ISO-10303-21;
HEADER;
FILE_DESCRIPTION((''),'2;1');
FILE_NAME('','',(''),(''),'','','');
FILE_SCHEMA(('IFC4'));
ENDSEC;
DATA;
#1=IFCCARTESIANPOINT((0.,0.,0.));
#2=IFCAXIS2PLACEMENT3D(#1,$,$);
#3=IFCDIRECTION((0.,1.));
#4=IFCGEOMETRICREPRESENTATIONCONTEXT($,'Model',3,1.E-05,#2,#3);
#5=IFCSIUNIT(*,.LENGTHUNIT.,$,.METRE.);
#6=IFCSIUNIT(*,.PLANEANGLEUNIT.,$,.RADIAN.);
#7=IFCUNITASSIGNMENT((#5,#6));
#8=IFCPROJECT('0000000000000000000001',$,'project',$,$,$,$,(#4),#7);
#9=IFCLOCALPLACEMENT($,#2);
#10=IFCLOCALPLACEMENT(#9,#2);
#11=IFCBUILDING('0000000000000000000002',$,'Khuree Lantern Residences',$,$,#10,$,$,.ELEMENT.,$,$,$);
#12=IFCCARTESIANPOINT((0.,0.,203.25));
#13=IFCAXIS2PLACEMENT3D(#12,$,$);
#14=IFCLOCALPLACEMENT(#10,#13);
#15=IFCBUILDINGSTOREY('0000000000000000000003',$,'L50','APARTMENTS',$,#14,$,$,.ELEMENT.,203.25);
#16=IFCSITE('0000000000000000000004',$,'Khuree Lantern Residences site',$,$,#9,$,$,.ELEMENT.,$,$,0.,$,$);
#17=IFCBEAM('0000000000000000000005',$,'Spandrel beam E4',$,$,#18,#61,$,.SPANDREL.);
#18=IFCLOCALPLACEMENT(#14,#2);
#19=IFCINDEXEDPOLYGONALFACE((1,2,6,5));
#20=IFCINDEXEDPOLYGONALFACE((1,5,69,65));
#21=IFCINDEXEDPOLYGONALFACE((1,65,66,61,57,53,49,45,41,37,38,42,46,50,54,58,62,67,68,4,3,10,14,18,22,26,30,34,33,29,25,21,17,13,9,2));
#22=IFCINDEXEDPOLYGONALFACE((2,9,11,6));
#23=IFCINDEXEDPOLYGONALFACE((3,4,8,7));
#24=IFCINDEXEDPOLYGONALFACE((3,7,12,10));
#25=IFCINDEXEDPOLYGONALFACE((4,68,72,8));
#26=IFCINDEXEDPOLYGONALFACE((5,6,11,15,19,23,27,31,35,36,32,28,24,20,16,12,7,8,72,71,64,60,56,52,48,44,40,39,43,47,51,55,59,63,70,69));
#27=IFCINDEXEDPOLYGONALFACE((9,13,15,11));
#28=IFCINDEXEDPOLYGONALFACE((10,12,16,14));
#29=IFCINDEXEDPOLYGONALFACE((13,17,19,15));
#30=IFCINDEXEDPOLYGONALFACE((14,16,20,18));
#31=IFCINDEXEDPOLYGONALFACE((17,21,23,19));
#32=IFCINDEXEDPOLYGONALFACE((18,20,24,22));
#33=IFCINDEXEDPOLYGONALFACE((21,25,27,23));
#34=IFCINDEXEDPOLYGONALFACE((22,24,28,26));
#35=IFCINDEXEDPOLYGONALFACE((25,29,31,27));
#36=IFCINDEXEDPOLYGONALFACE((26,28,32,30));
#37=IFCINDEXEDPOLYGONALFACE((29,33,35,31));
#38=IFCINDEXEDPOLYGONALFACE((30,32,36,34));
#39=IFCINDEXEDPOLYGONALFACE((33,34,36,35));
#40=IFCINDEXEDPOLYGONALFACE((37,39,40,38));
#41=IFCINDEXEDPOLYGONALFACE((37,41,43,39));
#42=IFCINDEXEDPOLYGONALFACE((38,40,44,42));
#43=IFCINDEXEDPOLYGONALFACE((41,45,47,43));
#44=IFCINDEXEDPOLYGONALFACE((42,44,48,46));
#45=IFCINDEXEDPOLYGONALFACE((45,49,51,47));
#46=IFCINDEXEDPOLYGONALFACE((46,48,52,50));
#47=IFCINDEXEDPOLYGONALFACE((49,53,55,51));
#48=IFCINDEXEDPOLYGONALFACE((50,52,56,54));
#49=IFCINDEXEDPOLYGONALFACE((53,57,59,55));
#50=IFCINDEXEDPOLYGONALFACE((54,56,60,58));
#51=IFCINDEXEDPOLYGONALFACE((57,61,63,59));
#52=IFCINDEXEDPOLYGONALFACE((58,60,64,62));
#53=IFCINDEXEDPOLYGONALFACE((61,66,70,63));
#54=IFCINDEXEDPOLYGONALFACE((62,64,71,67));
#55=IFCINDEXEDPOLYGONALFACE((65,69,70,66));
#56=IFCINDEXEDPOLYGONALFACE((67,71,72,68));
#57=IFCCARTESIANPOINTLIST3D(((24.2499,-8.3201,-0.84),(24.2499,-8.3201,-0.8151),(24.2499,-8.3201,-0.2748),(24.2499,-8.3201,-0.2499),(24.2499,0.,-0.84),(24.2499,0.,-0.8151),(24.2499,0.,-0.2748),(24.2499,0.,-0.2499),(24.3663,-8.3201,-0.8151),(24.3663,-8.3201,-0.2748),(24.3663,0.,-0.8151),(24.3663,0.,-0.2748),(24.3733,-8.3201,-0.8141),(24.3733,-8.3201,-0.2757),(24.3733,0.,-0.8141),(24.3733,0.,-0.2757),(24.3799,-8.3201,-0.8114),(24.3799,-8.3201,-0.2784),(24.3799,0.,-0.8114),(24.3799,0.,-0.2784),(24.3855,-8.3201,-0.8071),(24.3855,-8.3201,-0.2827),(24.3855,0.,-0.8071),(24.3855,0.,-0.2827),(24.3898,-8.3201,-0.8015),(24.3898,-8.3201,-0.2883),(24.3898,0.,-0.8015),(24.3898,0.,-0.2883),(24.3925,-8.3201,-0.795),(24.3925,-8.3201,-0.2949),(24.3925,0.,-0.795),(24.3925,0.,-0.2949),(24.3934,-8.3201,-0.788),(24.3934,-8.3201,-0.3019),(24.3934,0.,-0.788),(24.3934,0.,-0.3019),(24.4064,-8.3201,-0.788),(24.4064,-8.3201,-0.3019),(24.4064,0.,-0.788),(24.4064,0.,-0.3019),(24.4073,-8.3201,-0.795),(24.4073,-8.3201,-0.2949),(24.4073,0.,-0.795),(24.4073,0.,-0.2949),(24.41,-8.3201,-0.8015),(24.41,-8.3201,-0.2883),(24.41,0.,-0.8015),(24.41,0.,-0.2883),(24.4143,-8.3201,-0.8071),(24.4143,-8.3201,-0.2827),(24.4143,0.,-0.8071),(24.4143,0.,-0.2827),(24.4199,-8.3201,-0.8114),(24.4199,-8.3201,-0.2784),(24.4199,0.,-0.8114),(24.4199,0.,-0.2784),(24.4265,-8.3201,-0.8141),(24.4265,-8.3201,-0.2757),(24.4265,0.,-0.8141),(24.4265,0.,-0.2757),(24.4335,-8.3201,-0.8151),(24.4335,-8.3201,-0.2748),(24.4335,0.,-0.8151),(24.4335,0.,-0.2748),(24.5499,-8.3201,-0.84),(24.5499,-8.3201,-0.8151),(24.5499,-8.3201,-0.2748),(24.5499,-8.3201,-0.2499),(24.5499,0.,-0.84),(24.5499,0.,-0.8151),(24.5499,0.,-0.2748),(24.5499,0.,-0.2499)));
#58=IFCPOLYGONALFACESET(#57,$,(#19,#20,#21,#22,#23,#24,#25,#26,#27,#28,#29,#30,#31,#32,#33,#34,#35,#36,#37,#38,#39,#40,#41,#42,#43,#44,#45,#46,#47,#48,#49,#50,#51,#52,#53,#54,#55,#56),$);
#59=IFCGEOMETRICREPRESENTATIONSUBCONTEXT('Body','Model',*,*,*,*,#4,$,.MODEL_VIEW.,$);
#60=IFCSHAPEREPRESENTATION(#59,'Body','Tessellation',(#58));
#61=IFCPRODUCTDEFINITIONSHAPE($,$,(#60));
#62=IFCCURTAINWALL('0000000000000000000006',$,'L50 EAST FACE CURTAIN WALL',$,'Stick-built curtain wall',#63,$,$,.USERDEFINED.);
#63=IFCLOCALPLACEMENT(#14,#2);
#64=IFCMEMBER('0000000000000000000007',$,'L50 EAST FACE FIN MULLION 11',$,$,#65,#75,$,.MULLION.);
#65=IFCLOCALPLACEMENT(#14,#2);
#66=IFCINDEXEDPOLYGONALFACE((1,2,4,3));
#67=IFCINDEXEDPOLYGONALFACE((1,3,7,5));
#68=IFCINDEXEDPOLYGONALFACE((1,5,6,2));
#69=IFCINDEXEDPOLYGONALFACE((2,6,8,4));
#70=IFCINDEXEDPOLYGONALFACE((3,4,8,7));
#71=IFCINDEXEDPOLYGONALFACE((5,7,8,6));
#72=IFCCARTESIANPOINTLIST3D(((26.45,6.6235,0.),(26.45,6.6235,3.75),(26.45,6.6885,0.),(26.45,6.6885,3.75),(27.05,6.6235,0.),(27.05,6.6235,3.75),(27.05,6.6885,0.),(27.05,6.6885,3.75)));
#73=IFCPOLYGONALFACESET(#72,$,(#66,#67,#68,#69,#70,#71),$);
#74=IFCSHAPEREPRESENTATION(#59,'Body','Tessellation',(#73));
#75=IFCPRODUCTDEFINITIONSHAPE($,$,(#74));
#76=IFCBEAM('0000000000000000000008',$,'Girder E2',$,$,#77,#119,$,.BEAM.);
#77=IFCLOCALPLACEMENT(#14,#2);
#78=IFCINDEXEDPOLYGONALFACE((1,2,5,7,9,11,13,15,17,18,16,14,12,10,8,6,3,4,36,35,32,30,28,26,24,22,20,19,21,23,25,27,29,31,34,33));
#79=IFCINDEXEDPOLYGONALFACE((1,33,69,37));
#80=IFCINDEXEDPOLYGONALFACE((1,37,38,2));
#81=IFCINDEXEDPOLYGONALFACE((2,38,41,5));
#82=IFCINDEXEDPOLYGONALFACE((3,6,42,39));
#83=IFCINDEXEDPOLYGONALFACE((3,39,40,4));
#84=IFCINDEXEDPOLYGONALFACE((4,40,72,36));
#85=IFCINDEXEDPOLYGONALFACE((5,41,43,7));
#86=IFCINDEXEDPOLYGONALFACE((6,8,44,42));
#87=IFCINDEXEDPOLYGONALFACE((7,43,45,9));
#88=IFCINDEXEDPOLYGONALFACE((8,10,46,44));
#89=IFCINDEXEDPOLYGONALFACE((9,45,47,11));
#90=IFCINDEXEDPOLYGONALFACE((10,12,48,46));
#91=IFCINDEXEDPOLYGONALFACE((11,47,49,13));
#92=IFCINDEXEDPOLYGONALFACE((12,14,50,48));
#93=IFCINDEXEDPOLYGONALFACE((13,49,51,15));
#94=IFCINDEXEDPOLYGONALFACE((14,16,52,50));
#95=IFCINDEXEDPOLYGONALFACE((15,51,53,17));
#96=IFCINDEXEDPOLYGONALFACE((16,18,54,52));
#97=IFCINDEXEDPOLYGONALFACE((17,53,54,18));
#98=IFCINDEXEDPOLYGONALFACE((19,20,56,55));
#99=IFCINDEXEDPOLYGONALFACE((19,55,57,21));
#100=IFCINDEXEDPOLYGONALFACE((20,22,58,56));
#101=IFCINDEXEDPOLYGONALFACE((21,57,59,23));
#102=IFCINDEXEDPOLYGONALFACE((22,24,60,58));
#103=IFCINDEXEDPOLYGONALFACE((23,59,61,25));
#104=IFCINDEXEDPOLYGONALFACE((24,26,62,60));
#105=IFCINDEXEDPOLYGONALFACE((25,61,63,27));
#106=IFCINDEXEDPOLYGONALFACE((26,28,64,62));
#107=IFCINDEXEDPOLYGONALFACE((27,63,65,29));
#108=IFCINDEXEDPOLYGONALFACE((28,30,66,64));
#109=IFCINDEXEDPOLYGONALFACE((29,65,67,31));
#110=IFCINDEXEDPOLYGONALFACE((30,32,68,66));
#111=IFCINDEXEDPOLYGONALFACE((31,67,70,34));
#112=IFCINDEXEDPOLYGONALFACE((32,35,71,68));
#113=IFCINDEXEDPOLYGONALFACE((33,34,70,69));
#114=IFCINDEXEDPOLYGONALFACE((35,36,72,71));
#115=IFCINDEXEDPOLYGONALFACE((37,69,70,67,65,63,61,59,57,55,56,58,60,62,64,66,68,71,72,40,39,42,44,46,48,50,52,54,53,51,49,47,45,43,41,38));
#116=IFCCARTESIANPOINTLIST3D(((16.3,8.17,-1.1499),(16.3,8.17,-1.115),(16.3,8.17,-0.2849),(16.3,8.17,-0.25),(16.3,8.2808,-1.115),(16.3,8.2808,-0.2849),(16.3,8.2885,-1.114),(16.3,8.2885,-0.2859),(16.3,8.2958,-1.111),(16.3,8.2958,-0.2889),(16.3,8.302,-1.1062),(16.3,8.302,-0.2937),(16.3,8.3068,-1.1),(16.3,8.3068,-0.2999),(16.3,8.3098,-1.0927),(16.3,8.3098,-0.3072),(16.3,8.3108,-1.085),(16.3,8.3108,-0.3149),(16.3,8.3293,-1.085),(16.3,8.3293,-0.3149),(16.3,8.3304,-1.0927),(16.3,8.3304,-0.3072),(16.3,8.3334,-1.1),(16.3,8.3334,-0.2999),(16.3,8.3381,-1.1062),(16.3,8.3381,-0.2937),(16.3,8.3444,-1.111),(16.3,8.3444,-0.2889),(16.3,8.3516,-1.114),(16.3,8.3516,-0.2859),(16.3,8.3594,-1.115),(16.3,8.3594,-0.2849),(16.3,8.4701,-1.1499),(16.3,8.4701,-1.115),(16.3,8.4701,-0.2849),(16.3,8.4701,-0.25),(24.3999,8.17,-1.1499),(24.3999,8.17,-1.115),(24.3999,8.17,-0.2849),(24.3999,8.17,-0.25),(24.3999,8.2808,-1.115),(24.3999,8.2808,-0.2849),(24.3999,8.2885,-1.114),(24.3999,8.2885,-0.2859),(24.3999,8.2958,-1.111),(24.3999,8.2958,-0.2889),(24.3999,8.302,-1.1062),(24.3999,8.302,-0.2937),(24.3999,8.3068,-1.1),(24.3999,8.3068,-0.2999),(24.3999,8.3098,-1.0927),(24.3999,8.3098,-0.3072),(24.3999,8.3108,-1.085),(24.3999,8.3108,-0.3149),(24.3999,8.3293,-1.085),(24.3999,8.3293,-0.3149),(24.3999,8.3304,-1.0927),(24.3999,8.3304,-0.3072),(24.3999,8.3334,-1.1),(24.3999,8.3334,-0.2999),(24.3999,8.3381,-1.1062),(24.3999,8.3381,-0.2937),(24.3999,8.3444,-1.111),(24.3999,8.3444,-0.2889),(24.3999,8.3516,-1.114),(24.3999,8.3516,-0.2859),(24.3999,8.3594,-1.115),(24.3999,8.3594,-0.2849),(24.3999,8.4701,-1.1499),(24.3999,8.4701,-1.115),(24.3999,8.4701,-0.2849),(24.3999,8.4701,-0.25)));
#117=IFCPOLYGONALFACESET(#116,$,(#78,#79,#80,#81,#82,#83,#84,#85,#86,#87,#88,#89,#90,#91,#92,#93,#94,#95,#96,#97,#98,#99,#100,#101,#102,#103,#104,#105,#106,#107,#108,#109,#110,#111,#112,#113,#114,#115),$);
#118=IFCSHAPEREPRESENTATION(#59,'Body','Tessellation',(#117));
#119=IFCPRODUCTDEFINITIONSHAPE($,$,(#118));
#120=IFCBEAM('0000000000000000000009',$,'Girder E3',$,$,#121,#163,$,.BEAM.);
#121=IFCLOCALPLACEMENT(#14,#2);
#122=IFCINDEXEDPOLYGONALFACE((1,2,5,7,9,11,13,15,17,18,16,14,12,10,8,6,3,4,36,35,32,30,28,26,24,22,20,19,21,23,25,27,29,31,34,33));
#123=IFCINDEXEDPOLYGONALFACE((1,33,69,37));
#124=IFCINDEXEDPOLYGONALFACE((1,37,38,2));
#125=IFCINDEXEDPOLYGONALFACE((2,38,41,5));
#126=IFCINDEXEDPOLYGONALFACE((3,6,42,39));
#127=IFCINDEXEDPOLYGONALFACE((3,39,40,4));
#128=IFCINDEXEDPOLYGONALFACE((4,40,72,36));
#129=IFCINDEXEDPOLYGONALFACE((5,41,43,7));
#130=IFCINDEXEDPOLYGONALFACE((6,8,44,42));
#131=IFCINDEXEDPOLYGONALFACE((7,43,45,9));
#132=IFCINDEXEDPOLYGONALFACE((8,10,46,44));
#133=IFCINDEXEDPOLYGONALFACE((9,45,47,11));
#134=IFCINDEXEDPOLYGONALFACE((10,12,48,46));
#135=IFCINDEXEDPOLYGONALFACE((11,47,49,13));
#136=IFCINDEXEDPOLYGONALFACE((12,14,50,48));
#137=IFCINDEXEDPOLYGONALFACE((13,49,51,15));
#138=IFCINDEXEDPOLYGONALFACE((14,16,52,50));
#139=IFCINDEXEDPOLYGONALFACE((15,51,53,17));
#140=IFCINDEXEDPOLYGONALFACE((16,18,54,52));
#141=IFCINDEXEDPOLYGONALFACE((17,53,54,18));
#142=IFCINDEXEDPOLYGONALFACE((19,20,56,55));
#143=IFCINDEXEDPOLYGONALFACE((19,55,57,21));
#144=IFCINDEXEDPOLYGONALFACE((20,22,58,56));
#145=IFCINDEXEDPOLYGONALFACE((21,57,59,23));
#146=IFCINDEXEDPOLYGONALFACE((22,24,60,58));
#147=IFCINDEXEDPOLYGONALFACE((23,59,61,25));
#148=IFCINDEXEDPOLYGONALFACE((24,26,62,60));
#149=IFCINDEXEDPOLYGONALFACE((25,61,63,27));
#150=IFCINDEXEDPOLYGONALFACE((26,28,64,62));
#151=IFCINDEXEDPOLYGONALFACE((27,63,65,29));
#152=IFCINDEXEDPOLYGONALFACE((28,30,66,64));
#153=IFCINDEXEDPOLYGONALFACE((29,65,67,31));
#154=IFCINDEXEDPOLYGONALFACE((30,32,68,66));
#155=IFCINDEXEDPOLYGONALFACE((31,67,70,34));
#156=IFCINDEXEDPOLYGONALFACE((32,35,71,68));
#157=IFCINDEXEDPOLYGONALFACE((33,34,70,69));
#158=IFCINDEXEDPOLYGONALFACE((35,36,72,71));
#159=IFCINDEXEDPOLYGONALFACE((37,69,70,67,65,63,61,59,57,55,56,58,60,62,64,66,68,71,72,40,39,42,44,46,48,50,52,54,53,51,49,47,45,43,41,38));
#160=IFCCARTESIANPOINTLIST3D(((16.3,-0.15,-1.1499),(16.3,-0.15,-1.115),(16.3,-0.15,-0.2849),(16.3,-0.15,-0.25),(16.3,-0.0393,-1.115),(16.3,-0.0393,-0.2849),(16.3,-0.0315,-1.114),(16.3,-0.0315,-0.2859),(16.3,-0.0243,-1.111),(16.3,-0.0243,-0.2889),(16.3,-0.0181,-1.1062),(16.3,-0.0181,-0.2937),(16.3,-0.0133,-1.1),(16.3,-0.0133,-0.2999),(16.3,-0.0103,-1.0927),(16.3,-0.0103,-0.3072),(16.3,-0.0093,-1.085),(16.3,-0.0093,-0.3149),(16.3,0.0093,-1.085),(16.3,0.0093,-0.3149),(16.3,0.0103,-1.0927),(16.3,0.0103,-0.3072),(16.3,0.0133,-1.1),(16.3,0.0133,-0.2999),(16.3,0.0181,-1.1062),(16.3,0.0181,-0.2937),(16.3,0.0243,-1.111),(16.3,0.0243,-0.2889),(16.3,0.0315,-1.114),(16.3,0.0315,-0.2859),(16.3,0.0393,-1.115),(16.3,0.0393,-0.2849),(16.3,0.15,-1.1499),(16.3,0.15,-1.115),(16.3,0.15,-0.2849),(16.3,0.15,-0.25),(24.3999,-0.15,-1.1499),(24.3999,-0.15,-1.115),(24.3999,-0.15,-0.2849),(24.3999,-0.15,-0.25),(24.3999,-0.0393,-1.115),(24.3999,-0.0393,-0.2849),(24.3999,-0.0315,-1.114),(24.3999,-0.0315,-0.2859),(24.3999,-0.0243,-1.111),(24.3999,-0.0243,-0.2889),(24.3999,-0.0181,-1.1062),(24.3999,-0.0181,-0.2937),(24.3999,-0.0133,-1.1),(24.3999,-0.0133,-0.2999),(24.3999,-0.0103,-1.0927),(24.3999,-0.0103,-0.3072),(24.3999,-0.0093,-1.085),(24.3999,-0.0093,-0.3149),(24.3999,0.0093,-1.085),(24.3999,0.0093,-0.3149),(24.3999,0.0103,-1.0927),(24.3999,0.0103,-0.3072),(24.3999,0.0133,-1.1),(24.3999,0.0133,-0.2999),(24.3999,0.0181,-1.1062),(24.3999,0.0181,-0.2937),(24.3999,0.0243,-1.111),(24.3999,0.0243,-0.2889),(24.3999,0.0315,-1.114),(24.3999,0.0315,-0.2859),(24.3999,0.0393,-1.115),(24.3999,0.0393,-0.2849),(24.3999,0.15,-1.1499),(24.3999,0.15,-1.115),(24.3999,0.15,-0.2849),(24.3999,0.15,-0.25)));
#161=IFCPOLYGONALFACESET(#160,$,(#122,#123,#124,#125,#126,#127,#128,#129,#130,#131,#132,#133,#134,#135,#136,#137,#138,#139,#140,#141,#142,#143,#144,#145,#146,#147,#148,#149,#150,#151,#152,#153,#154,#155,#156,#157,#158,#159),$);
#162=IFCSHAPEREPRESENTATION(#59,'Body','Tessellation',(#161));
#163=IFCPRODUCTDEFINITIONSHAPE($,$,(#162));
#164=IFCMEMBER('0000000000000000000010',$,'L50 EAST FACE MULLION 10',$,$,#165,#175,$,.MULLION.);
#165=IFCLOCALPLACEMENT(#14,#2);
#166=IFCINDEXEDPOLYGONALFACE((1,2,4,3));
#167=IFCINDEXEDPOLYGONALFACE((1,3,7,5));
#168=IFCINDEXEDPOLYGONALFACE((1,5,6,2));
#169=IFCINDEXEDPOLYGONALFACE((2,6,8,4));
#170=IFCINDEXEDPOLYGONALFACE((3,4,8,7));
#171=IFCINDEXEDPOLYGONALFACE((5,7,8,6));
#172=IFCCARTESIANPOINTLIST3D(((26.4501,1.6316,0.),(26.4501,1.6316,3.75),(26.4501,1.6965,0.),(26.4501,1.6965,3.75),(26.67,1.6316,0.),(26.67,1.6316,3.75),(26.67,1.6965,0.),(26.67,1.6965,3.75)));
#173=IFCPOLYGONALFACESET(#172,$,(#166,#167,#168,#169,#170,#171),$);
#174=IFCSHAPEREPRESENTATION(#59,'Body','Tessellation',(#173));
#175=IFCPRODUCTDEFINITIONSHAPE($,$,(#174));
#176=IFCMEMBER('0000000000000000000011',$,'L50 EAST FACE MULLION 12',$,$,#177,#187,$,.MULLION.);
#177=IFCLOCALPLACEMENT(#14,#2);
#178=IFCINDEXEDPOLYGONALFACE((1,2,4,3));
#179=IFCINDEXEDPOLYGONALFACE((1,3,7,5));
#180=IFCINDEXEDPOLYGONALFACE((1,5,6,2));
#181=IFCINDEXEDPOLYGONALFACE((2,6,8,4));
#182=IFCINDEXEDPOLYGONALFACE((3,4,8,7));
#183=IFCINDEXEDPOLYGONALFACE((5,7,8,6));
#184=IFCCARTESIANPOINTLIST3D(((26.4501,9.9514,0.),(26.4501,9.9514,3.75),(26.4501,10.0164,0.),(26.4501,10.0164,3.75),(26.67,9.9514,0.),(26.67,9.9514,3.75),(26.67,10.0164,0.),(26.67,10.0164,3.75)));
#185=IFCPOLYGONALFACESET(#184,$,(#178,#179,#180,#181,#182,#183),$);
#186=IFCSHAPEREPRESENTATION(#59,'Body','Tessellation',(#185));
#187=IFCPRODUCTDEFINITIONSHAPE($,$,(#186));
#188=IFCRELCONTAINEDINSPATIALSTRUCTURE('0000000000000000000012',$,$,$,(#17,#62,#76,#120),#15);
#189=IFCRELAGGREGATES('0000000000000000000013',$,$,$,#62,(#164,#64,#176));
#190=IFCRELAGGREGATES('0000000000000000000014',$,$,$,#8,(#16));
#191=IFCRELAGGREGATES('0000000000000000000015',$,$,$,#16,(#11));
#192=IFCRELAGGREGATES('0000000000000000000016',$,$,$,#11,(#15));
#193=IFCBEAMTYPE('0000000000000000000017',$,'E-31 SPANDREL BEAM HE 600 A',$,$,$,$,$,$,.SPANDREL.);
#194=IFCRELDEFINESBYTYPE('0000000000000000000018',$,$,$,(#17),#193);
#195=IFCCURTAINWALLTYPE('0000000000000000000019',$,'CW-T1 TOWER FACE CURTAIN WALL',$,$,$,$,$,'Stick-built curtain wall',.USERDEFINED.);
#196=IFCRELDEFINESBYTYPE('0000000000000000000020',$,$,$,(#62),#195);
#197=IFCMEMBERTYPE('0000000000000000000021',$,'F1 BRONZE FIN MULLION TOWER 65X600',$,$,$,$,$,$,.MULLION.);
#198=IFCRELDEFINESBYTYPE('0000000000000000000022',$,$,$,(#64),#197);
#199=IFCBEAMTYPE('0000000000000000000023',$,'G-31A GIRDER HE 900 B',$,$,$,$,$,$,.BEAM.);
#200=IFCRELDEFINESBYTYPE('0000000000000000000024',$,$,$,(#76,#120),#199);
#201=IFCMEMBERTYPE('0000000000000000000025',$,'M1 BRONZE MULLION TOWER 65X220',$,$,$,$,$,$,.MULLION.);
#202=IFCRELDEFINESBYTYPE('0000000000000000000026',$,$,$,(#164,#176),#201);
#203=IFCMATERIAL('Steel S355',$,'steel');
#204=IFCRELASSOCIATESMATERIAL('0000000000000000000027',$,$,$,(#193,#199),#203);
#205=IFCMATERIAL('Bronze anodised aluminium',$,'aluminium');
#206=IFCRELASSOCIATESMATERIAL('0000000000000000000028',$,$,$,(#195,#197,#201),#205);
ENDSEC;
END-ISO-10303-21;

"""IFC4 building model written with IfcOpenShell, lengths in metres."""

from ifc_helpers import new_model, si_unit, direction, frame, origin, origin_2d, place, context, subcontext, project, spatial, rectangle, i_section, extrude, material, material_profile, profile_set, type_object, element, aggregate, save


model = new_model("IFC4")

# Units and contexts
model_context = context("Model", 3, precision=1e-05, world=origin(), true_north=direction((0.0, 1.0)))
body_context = subcontext(model_context, "Body", "Model", "MODEL_VIEW")
ifc_project = project(units=[si_unit("LENGTHUNIT", "METRE"), si_unit("PLANEANGLEUNIT", "RADIAN")], contexts=[model_context])

# Site, building, storey
site_placement = place(None, origin())
site = spatial("IfcSite", under=ifc_project, at=site_placement, Name="Khuree Lantern Residences site", CompositionType="ELEMENT", RefElevation=0.0)
building_placement = place(site_placement, origin())
building = spatial("IfcBuilding", under=site, at=building_placement, Name="Khuree Lantern Residences", CompositionType="ELEMENT")
storey_placement = place(building_placement, frame((0.0, 0.0, 203.25)))
storey = spatial("IfcBuildingStorey", under=building, at=storey_placement, Name="L50", Description="APARTMENTS", CompositionType="ELEMENT", Elevation=203.25)

# Beam
ifc_material_1 = material(Name="Steel S355", Category="steel")
ifc_material_profile_1 = material_profile(ifc_material_1, i_section(OverallWidth=0.3, OverallDepth=0.5901, WebThickness=0.0129, FlangeThickness=0.0249, FilletRadius=0.0271, at=origin_2d()), Name="HE 600 A")
ifc_profile_set_1 = profile_set([ifc_material_profile_1], Name="Steel S355")
beam_type_1 = type_object("IfcBeamType", Name="E-31 SPANDREL BEAM HE 600 A", PredefinedType="SPANDREL", material=ifc_profile_set_1)
for number, where, z_axis, x_axis, name in (
    (1, (24.3999, 0.0, -0.5449), (0.0, -1.0, 0.0), (1.0, 0.0, 0.0), "Spandrel beam E4"),
):
    element("IfcBeam", number, at=place(storey_placement, frame(where, z_axis=z_axis, x_axis=x_axis)), inside=storey, type_object=beam_type_1, Name=name, PredefinedType="SPANDREL", context=body_context, shape_type="SweptSolid", body=[
        extrude(i_section(OverallWidth=0.3, OverallDepth=0.5901, WebThickness=0.0129, FlangeThickness=0.0249, FilletRadius=0.0271, at=origin_2d()), origin(), (0.0, 0.0, 1.0), 8.3201),
    ])

# Curtain wall, member
ifc_material_2 = material(Name="Bronze anodised aluminium", Category="aluminium")
curtain_wall_type = type_object("IfcCurtainWallType", Name="CW-T1 TOWER FACE CURTAIN WALL", ElementType="Stick-built curtain wall", PredefinedType="USERDEFINED", material=ifc_material_2)
curtain_wall_placement = place(storey_placement, origin())
curtain_wall = element("IfcCurtainWall", 2, at=curtain_wall_placement, inside=storey, type_object=curtain_wall_type, Name="L50 EAST FACE CURTAIN WALL", ObjectType="Stick-built curtain wall", PredefinedType="USERDEFINED")
ifc_material_profile_2 = material_profile(ifc_material_2, rectangle(XDim=0.0649, YDim=0.6001, at=origin_2d()), Name="F1 65X600")
ifc_profile_set_2 = profile_set([ifc_material_profile_2], Name="Bronze anodised aluminium")
member_type_1 = type_object("IfcMemberType", Name="F1 BRONZE FIN MULLION TOWER 65X600", PredefinedType="MULLION", material=ifc_profile_set_2)
member_1_placement = place(storey_placement, frame((26.75, 6.656, 0.0), z_axis=(0.0, 0.0, 1.0), x_axis=(0.0, 1.0, 0.0)))
member_1 = element("IfcMember", 3, at=member_1_placement, type_object=member_type_1, Name="L50 EAST FACE FIN MULLION 11", PredefinedType="MULLION", context=body_context, shape_type="SweptSolid", body=[
    extrude(rectangle(XDim=0.0649, YDim=0.6001, at=origin_2d()), origin(), (0.0, 0.0, 1.0), 3.75),
])

# Beams
ifc_material_profile_3 = material_profile(ifc_material_1, i_section(OverallWidth=0.3, OverallDepth=0.8999, WebThickness=0.0186, FlangeThickness=0.0349, FilletRadius=0.03, at=origin_2d()), Name="HE 900 B")
ifc_profile_set_3 = profile_set([ifc_material_profile_3], Name="Steel S355")
beam_type_2 = type_object("IfcBeamType", Name="G-31A GIRDER HE 900 B", PredefinedType="BEAM", material=ifc_profile_set_3)
for number, where, z_axis, x_axis, name in (
    (4, (24.3999, 8.3201, -0.7), (-1.0, 0.0, 0.0), (0.0, -1.0, 0.0), "Girder E2"),
    (5, (24.3999, 0.0, -0.7), (-1.0, 0.0, 0.0), (0.0, -1.0, 0.0), "Girder E3"),
):
    element("IfcBeam", number, at=place(storey_placement, frame(where, z_axis=z_axis, x_axis=x_axis)), inside=storey, type_object=beam_type_2, Name=name, PredefinedType="BEAM", context=body_context, shape_type="SweptSolid", body=[
        extrude(i_section(OverallWidth=0.3, OverallDepth=0.8999, WebThickness=0.0186, FlangeThickness=0.0349, FilletRadius=0.03, at=origin_2d()), origin(), (0.0, 0.0, 1.0), 8.0999),
    ])

# Members
ifc_material_profile_4 = material_profile(ifc_material_2, rectangle(XDim=0.0649, YDim=0.22, at=origin_2d()), Name="M1 65X220")
ifc_profile_set_4 = profile_set([ifc_material_profile_4], Name="Bronze anodised aluminium")
member_type_2 = type_object("IfcMemberType", Name="M1 BRONZE MULLION TOWER 65X220", PredefinedType="MULLION", material=ifc_profile_set_4)
member_2_placement = place(storey_placement, frame((26.5601, 1.6641, 0.0), z_axis=(0.0, 0.0, 1.0), x_axis=(0.0, 1.0, 0.0)))
member_2 = element("IfcMember", 6, at=member_2_placement, type_object=member_type_2, Name="L50 EAST FACE MULLION 10", PredefinedType="MULLION", context=body_context, shape_type="SweptSolid", body=[
    extrude(rectangle(XDim=0.0649, YDim=0.22, at=origin_2d()), origin(), (0.0, 0.0, 1.0), 3.75),
])
member_3_placement = place(storey_placement, frame((26.5601, 9.9839, 0.0), z_axis=(0.0, 0.0, 1.0), x_axis=(0.0, 1.0, 0.0)))
member_3 = element("IfcMember", 7, at=member_3_placement, type_object=member_type_2, Name="L50 EAST FACE MULLION 12", PredefinedType="MULLION", context=body_context, shape_type="SweptSolid", body=[
    extrude(rectangle(XDim=0.0649, YDim=0.22, at=origin_2d()), origin(), (0.0, 0.0, 1.0), 3.75),
])

aggregate(curtain_wall, [member_2, member_1, member_3])

save(model, "model.ifc")
